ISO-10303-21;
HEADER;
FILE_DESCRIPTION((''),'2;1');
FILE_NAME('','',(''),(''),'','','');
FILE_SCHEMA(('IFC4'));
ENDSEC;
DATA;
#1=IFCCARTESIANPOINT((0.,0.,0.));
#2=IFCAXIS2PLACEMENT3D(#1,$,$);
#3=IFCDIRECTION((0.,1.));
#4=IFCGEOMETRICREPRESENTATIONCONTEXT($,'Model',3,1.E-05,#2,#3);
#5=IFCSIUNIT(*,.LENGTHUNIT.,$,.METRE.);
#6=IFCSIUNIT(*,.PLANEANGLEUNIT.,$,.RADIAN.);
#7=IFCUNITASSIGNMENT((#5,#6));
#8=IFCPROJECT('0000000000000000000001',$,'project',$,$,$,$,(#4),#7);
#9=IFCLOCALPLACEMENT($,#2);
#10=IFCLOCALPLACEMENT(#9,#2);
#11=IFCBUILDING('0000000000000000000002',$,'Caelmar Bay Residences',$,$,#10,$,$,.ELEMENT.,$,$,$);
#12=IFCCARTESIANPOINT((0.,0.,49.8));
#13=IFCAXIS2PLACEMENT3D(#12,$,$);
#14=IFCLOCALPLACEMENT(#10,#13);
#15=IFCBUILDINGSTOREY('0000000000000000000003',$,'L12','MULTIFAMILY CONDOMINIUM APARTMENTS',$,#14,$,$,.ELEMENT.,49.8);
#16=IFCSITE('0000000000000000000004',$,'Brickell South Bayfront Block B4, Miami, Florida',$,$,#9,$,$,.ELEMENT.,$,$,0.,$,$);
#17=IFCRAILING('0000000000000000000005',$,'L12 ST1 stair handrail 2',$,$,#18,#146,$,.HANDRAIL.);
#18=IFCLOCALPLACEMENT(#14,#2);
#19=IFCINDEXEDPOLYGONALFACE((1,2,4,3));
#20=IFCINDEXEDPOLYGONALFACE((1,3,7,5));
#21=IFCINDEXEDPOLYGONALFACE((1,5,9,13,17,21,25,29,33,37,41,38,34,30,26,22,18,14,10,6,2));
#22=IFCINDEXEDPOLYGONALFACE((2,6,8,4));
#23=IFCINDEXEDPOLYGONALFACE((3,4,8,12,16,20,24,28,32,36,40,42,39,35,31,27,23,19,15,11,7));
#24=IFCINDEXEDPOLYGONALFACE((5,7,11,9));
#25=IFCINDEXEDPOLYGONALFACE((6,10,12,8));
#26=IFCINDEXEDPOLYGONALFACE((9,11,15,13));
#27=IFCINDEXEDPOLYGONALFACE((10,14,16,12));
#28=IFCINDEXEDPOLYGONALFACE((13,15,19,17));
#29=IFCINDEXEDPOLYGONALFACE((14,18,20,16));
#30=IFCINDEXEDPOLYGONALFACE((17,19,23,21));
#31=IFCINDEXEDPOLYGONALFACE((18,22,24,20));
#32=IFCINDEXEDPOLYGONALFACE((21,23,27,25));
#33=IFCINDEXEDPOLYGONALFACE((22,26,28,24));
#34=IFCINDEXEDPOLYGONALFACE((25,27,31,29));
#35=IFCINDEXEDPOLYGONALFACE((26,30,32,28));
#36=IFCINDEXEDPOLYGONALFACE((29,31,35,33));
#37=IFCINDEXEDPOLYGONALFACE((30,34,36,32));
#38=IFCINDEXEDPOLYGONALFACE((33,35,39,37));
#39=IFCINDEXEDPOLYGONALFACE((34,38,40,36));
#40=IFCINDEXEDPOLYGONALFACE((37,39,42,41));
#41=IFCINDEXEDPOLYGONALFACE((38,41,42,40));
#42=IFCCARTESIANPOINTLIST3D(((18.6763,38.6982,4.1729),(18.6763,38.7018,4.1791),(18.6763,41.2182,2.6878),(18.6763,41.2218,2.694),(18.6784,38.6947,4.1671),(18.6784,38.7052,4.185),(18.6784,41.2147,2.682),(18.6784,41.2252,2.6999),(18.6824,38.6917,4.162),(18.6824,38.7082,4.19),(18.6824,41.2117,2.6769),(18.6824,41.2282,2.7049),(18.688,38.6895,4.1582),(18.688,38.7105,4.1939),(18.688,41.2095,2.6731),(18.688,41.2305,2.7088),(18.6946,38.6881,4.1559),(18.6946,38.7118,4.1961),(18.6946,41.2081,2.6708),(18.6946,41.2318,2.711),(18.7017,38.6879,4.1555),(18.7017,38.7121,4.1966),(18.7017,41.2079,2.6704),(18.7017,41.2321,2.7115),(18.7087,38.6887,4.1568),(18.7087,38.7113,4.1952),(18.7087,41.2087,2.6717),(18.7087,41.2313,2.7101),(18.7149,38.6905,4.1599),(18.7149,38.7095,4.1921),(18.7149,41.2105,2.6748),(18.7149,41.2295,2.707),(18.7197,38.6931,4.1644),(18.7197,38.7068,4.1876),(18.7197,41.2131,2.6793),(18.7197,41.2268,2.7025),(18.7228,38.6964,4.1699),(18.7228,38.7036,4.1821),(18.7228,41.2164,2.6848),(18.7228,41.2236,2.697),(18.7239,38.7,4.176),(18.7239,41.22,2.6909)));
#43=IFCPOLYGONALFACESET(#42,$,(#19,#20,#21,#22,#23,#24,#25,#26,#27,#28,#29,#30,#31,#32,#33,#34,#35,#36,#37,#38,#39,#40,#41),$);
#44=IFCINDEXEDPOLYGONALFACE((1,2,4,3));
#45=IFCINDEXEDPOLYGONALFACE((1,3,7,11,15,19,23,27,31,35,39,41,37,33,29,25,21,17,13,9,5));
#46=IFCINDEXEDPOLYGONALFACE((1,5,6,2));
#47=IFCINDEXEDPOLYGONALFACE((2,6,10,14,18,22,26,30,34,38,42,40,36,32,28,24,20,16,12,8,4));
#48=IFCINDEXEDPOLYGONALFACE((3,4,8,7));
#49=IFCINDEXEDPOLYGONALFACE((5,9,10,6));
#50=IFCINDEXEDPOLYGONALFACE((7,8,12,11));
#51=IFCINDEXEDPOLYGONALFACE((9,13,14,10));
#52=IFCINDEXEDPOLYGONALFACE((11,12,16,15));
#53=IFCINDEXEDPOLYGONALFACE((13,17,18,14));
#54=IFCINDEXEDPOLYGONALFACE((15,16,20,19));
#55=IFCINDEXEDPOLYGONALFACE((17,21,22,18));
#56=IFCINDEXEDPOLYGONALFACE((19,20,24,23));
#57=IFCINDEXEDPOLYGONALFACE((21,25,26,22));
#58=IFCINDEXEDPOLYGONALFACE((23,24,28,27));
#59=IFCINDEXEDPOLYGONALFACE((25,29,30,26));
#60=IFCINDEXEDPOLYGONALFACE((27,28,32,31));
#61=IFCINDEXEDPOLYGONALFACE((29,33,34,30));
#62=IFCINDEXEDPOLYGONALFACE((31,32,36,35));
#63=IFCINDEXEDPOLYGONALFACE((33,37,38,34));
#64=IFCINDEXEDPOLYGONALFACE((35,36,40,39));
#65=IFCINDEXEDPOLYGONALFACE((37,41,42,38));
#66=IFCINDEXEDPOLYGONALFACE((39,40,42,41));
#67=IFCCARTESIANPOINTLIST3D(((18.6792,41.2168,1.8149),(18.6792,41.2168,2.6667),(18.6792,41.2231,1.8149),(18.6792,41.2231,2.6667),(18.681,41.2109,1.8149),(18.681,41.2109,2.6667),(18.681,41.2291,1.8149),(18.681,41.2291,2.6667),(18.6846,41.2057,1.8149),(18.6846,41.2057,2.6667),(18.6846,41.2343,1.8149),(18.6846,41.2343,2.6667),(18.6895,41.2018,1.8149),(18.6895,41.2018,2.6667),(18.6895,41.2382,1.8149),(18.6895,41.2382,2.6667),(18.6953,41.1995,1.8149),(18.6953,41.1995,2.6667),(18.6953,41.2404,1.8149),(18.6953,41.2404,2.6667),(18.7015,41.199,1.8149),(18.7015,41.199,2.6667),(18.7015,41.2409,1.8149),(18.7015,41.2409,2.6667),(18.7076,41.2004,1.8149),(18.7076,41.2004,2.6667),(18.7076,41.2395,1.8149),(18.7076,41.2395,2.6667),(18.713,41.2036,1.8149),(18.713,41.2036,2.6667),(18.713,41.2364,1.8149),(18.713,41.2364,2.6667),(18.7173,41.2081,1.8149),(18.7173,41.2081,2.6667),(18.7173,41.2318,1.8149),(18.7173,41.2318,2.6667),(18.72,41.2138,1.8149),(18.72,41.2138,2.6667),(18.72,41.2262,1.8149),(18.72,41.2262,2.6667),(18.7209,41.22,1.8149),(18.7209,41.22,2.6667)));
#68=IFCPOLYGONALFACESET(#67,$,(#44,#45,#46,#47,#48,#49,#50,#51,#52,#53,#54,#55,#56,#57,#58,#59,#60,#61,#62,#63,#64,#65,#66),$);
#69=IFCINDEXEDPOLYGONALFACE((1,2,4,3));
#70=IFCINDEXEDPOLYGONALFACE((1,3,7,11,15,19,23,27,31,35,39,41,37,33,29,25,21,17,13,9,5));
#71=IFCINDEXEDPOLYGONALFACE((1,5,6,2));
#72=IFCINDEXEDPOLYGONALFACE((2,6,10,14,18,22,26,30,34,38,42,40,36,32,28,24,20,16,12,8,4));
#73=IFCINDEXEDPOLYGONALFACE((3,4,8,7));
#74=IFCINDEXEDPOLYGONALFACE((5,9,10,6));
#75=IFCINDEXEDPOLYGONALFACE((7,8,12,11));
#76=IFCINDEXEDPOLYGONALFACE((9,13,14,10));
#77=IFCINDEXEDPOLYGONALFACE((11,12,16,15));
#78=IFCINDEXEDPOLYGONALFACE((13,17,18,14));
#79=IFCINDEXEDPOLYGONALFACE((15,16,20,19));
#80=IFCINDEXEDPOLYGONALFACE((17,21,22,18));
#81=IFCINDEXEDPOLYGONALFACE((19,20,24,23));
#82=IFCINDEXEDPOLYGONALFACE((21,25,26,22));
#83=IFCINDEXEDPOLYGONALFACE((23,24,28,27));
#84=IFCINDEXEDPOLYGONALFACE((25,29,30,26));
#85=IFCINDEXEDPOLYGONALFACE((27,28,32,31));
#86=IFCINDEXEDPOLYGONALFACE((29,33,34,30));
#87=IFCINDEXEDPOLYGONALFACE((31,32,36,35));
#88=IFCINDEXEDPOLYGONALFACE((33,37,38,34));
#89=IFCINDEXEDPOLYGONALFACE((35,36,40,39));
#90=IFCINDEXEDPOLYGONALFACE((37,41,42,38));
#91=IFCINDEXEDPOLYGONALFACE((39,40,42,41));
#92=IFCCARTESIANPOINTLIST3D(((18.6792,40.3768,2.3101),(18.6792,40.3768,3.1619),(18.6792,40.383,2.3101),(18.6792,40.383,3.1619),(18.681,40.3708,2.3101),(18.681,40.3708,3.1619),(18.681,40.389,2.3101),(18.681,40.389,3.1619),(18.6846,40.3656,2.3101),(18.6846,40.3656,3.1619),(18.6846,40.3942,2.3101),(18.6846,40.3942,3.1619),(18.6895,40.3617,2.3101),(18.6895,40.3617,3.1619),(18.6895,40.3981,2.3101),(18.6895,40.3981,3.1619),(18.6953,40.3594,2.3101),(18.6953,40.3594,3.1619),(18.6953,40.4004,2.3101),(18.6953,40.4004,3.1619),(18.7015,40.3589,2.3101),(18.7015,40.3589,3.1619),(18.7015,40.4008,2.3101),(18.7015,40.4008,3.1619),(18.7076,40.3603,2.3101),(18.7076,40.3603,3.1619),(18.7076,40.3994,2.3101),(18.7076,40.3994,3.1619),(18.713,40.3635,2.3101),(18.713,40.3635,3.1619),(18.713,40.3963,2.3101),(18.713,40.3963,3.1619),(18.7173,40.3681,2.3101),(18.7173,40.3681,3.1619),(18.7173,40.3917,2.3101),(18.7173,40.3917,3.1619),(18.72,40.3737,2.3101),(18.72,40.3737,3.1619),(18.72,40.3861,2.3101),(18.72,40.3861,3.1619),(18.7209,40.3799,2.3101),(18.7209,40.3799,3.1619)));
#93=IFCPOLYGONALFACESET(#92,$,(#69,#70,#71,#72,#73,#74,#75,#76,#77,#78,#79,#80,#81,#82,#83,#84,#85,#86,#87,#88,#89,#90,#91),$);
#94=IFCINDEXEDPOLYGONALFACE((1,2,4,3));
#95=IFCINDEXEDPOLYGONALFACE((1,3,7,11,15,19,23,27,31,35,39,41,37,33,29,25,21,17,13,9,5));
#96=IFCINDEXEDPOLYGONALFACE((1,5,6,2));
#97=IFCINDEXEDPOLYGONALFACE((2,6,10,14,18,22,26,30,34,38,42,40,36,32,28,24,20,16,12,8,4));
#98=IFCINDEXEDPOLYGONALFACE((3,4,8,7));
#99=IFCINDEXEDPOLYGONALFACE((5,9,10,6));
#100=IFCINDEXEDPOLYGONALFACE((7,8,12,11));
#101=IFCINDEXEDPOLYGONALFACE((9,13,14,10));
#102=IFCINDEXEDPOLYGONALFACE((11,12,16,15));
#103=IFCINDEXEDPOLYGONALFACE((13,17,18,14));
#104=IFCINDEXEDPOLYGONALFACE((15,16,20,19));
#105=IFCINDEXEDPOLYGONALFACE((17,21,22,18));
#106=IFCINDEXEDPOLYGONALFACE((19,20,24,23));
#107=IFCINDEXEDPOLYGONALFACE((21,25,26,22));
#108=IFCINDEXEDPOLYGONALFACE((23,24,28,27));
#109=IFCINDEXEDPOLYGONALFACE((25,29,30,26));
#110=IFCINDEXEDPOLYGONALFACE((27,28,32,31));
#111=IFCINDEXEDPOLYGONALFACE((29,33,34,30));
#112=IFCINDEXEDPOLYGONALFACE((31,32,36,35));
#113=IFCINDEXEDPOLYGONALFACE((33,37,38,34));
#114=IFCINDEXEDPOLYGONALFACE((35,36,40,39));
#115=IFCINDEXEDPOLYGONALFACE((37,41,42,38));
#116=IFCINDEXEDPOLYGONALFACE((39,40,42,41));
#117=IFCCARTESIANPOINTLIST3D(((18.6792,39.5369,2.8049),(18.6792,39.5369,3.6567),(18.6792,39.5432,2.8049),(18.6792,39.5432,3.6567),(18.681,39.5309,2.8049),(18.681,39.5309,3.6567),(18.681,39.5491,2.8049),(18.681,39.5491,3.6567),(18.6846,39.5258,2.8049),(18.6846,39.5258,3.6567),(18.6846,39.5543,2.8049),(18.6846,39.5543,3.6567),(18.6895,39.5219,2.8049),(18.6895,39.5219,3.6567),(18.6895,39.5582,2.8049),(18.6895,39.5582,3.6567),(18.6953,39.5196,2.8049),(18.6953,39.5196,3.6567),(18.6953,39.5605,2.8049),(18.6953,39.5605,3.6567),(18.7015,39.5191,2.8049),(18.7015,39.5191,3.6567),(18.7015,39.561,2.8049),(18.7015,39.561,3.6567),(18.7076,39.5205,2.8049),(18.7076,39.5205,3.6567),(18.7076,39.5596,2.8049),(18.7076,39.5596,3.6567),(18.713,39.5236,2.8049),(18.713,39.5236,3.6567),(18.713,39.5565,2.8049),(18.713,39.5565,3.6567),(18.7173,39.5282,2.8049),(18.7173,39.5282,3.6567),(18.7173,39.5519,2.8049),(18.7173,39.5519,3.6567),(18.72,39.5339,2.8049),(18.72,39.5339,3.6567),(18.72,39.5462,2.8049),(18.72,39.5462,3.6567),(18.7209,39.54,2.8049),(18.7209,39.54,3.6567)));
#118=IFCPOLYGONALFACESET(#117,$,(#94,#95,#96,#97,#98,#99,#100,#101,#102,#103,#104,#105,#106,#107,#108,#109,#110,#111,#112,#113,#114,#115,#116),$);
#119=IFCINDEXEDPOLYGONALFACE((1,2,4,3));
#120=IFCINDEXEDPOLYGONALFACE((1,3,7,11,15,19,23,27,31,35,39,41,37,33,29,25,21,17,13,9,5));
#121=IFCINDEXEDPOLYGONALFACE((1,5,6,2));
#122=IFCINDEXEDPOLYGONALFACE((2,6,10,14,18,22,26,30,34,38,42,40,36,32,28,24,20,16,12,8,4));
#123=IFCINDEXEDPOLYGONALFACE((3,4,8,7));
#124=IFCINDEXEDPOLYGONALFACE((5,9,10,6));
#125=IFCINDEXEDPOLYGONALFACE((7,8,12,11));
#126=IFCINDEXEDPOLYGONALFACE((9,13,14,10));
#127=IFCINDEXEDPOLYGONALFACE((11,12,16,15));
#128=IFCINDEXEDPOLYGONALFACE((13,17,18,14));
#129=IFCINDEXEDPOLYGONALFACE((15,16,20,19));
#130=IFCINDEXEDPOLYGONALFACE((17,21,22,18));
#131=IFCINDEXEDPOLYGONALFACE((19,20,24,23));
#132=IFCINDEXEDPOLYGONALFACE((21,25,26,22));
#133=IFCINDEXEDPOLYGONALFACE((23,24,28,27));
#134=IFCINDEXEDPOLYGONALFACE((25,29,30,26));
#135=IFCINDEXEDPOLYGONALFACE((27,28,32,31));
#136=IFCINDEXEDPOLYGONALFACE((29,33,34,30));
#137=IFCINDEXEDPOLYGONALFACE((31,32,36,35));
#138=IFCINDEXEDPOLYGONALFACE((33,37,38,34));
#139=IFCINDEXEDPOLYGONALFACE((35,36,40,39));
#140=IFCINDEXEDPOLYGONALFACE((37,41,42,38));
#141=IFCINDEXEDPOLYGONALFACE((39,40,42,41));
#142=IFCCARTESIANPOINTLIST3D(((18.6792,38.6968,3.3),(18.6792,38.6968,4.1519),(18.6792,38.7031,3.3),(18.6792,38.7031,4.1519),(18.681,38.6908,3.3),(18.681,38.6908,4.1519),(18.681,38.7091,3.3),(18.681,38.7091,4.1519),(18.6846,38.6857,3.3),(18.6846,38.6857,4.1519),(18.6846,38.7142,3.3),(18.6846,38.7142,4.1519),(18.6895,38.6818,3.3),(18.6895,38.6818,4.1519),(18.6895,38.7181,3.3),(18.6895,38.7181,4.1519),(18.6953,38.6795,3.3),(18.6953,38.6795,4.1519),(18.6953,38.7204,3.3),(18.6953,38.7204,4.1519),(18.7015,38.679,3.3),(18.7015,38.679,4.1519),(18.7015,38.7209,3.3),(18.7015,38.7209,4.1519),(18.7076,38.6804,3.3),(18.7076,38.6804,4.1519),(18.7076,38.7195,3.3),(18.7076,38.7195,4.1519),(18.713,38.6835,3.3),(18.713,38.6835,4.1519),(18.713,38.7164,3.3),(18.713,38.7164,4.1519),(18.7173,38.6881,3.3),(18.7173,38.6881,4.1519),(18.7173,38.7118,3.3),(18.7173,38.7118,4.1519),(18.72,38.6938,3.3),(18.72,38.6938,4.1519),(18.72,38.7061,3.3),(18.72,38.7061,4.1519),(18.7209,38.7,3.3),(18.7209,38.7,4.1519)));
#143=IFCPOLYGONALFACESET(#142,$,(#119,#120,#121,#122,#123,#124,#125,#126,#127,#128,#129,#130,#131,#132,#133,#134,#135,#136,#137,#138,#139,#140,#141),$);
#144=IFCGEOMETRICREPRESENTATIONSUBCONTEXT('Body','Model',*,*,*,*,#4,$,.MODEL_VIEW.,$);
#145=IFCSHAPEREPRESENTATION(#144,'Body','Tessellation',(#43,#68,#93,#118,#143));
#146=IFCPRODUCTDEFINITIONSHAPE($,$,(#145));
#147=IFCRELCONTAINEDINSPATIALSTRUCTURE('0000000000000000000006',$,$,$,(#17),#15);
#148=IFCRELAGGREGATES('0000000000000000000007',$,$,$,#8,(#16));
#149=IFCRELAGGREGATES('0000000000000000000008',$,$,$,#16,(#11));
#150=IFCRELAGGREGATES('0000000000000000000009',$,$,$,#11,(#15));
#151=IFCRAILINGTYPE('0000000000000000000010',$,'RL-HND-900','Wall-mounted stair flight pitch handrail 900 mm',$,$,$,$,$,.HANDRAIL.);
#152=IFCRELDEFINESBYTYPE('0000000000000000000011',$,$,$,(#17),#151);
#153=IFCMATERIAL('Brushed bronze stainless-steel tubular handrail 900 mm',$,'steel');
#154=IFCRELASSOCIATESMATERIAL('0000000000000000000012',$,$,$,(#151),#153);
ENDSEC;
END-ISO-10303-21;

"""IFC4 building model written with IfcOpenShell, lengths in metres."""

from ifc_helpers import new_model, si_unit, direction, frame, origin, origin_2d, place, context, subcontext, project, spatial, circle, extrude, material, type_object, element, save


model = new_model("IFC4")

# Units and contexts
model_context = context("Model", 3, precision=1e-05, world=origin(), true_north=direction((0.0, 1.0)))
body_context = subcontext(model_context, "Body", "Model", "MODEL_VIEW")
ifc_project = project(units=[si_unit("LENGTHUNIT", "METRE"), si_unit("PLANEANGLEUNIT", "RADIAN")], contexts=[model_context])

# Site, building, storey
site_placement = place(None, origin())
site = spatial("IfcSite", under=ifc_project, at=site_placement, Name="Brickell South Bayfront Block B4, Miami, Florida", CompositionType="ELEMENT", RefElevation=0.0)
building_placement = place(site_placement, origin())
building = spatial("IfcBuilding", under=site, at=building_placement, Name="Caelmar Bay Residences", CompositionType="ELEMENT")
storey_placement = place(building_placement, frame((0.0, 0.0, 49.8)))
storey = spatial("IfcBuildingStorey", under=building, at=storey_placement, Name="L12", Description="MULTIFAMILY CONDOMINIUM APARTMENTS", CompositionType="ELEMENT", Elevation=49.8)

# Railing
ifc_material_1 = material(Name="Brushed bronze stainless-steel tubular handrail 900 mm", Category="steel")
railing_type_1 = type_object("IfcRailingType", Name="RL-HND-900", Description="Wall-mounted stair flight pitch handrail 900 mm", PredefinedType="HANDRAIL", material=ifc_material_1)
for number, where, name in (
    (1, (18.7, 41.22, 1.8149), "L12 ST1 stair handrail 2"),
):
    element("IfcRailing", number, at=place(storey_placement, frame(where)), inside=storey, type_object=railing_type_1, Name=name, PredefinedType="HANDRAIL", context=body_context, shape_type="SweptSolid", body=[
        extrude(circle(Radius=0.0239, at=origin_2d()), frame((0.0, 0.0, 0.876), z_axis=(0.0, -0.861524, 0.507717), x_axis=(1.0, 0.0, 0.0)), (0.0, 0.0, 1.0), 2.925),
        extrude(circle(Radius=0.021, at=origin_2d()), origin(), (0.0, 0.0, 1.0), 0.8518),
        extrude(circle(Radius=0.021, at=origin_2d()), frame((0.0, -0.8401, 0.4951)), (0.0, 0.0, 1.0), 0.8518),
        extrude(circle(Radius=0.021, at=origin_2d()), frame((0.0, -1.6799, 0.99)), (0.0, 0.0, 1.0), 0.8518),
        extrude(circle(Radius=0.021, at=origin_2d()), frame((0.0, -2.52, 1.4851)), (0.0, 0.0, 1.0), 0.8518),
    ])

save(model, "model.ifc")
